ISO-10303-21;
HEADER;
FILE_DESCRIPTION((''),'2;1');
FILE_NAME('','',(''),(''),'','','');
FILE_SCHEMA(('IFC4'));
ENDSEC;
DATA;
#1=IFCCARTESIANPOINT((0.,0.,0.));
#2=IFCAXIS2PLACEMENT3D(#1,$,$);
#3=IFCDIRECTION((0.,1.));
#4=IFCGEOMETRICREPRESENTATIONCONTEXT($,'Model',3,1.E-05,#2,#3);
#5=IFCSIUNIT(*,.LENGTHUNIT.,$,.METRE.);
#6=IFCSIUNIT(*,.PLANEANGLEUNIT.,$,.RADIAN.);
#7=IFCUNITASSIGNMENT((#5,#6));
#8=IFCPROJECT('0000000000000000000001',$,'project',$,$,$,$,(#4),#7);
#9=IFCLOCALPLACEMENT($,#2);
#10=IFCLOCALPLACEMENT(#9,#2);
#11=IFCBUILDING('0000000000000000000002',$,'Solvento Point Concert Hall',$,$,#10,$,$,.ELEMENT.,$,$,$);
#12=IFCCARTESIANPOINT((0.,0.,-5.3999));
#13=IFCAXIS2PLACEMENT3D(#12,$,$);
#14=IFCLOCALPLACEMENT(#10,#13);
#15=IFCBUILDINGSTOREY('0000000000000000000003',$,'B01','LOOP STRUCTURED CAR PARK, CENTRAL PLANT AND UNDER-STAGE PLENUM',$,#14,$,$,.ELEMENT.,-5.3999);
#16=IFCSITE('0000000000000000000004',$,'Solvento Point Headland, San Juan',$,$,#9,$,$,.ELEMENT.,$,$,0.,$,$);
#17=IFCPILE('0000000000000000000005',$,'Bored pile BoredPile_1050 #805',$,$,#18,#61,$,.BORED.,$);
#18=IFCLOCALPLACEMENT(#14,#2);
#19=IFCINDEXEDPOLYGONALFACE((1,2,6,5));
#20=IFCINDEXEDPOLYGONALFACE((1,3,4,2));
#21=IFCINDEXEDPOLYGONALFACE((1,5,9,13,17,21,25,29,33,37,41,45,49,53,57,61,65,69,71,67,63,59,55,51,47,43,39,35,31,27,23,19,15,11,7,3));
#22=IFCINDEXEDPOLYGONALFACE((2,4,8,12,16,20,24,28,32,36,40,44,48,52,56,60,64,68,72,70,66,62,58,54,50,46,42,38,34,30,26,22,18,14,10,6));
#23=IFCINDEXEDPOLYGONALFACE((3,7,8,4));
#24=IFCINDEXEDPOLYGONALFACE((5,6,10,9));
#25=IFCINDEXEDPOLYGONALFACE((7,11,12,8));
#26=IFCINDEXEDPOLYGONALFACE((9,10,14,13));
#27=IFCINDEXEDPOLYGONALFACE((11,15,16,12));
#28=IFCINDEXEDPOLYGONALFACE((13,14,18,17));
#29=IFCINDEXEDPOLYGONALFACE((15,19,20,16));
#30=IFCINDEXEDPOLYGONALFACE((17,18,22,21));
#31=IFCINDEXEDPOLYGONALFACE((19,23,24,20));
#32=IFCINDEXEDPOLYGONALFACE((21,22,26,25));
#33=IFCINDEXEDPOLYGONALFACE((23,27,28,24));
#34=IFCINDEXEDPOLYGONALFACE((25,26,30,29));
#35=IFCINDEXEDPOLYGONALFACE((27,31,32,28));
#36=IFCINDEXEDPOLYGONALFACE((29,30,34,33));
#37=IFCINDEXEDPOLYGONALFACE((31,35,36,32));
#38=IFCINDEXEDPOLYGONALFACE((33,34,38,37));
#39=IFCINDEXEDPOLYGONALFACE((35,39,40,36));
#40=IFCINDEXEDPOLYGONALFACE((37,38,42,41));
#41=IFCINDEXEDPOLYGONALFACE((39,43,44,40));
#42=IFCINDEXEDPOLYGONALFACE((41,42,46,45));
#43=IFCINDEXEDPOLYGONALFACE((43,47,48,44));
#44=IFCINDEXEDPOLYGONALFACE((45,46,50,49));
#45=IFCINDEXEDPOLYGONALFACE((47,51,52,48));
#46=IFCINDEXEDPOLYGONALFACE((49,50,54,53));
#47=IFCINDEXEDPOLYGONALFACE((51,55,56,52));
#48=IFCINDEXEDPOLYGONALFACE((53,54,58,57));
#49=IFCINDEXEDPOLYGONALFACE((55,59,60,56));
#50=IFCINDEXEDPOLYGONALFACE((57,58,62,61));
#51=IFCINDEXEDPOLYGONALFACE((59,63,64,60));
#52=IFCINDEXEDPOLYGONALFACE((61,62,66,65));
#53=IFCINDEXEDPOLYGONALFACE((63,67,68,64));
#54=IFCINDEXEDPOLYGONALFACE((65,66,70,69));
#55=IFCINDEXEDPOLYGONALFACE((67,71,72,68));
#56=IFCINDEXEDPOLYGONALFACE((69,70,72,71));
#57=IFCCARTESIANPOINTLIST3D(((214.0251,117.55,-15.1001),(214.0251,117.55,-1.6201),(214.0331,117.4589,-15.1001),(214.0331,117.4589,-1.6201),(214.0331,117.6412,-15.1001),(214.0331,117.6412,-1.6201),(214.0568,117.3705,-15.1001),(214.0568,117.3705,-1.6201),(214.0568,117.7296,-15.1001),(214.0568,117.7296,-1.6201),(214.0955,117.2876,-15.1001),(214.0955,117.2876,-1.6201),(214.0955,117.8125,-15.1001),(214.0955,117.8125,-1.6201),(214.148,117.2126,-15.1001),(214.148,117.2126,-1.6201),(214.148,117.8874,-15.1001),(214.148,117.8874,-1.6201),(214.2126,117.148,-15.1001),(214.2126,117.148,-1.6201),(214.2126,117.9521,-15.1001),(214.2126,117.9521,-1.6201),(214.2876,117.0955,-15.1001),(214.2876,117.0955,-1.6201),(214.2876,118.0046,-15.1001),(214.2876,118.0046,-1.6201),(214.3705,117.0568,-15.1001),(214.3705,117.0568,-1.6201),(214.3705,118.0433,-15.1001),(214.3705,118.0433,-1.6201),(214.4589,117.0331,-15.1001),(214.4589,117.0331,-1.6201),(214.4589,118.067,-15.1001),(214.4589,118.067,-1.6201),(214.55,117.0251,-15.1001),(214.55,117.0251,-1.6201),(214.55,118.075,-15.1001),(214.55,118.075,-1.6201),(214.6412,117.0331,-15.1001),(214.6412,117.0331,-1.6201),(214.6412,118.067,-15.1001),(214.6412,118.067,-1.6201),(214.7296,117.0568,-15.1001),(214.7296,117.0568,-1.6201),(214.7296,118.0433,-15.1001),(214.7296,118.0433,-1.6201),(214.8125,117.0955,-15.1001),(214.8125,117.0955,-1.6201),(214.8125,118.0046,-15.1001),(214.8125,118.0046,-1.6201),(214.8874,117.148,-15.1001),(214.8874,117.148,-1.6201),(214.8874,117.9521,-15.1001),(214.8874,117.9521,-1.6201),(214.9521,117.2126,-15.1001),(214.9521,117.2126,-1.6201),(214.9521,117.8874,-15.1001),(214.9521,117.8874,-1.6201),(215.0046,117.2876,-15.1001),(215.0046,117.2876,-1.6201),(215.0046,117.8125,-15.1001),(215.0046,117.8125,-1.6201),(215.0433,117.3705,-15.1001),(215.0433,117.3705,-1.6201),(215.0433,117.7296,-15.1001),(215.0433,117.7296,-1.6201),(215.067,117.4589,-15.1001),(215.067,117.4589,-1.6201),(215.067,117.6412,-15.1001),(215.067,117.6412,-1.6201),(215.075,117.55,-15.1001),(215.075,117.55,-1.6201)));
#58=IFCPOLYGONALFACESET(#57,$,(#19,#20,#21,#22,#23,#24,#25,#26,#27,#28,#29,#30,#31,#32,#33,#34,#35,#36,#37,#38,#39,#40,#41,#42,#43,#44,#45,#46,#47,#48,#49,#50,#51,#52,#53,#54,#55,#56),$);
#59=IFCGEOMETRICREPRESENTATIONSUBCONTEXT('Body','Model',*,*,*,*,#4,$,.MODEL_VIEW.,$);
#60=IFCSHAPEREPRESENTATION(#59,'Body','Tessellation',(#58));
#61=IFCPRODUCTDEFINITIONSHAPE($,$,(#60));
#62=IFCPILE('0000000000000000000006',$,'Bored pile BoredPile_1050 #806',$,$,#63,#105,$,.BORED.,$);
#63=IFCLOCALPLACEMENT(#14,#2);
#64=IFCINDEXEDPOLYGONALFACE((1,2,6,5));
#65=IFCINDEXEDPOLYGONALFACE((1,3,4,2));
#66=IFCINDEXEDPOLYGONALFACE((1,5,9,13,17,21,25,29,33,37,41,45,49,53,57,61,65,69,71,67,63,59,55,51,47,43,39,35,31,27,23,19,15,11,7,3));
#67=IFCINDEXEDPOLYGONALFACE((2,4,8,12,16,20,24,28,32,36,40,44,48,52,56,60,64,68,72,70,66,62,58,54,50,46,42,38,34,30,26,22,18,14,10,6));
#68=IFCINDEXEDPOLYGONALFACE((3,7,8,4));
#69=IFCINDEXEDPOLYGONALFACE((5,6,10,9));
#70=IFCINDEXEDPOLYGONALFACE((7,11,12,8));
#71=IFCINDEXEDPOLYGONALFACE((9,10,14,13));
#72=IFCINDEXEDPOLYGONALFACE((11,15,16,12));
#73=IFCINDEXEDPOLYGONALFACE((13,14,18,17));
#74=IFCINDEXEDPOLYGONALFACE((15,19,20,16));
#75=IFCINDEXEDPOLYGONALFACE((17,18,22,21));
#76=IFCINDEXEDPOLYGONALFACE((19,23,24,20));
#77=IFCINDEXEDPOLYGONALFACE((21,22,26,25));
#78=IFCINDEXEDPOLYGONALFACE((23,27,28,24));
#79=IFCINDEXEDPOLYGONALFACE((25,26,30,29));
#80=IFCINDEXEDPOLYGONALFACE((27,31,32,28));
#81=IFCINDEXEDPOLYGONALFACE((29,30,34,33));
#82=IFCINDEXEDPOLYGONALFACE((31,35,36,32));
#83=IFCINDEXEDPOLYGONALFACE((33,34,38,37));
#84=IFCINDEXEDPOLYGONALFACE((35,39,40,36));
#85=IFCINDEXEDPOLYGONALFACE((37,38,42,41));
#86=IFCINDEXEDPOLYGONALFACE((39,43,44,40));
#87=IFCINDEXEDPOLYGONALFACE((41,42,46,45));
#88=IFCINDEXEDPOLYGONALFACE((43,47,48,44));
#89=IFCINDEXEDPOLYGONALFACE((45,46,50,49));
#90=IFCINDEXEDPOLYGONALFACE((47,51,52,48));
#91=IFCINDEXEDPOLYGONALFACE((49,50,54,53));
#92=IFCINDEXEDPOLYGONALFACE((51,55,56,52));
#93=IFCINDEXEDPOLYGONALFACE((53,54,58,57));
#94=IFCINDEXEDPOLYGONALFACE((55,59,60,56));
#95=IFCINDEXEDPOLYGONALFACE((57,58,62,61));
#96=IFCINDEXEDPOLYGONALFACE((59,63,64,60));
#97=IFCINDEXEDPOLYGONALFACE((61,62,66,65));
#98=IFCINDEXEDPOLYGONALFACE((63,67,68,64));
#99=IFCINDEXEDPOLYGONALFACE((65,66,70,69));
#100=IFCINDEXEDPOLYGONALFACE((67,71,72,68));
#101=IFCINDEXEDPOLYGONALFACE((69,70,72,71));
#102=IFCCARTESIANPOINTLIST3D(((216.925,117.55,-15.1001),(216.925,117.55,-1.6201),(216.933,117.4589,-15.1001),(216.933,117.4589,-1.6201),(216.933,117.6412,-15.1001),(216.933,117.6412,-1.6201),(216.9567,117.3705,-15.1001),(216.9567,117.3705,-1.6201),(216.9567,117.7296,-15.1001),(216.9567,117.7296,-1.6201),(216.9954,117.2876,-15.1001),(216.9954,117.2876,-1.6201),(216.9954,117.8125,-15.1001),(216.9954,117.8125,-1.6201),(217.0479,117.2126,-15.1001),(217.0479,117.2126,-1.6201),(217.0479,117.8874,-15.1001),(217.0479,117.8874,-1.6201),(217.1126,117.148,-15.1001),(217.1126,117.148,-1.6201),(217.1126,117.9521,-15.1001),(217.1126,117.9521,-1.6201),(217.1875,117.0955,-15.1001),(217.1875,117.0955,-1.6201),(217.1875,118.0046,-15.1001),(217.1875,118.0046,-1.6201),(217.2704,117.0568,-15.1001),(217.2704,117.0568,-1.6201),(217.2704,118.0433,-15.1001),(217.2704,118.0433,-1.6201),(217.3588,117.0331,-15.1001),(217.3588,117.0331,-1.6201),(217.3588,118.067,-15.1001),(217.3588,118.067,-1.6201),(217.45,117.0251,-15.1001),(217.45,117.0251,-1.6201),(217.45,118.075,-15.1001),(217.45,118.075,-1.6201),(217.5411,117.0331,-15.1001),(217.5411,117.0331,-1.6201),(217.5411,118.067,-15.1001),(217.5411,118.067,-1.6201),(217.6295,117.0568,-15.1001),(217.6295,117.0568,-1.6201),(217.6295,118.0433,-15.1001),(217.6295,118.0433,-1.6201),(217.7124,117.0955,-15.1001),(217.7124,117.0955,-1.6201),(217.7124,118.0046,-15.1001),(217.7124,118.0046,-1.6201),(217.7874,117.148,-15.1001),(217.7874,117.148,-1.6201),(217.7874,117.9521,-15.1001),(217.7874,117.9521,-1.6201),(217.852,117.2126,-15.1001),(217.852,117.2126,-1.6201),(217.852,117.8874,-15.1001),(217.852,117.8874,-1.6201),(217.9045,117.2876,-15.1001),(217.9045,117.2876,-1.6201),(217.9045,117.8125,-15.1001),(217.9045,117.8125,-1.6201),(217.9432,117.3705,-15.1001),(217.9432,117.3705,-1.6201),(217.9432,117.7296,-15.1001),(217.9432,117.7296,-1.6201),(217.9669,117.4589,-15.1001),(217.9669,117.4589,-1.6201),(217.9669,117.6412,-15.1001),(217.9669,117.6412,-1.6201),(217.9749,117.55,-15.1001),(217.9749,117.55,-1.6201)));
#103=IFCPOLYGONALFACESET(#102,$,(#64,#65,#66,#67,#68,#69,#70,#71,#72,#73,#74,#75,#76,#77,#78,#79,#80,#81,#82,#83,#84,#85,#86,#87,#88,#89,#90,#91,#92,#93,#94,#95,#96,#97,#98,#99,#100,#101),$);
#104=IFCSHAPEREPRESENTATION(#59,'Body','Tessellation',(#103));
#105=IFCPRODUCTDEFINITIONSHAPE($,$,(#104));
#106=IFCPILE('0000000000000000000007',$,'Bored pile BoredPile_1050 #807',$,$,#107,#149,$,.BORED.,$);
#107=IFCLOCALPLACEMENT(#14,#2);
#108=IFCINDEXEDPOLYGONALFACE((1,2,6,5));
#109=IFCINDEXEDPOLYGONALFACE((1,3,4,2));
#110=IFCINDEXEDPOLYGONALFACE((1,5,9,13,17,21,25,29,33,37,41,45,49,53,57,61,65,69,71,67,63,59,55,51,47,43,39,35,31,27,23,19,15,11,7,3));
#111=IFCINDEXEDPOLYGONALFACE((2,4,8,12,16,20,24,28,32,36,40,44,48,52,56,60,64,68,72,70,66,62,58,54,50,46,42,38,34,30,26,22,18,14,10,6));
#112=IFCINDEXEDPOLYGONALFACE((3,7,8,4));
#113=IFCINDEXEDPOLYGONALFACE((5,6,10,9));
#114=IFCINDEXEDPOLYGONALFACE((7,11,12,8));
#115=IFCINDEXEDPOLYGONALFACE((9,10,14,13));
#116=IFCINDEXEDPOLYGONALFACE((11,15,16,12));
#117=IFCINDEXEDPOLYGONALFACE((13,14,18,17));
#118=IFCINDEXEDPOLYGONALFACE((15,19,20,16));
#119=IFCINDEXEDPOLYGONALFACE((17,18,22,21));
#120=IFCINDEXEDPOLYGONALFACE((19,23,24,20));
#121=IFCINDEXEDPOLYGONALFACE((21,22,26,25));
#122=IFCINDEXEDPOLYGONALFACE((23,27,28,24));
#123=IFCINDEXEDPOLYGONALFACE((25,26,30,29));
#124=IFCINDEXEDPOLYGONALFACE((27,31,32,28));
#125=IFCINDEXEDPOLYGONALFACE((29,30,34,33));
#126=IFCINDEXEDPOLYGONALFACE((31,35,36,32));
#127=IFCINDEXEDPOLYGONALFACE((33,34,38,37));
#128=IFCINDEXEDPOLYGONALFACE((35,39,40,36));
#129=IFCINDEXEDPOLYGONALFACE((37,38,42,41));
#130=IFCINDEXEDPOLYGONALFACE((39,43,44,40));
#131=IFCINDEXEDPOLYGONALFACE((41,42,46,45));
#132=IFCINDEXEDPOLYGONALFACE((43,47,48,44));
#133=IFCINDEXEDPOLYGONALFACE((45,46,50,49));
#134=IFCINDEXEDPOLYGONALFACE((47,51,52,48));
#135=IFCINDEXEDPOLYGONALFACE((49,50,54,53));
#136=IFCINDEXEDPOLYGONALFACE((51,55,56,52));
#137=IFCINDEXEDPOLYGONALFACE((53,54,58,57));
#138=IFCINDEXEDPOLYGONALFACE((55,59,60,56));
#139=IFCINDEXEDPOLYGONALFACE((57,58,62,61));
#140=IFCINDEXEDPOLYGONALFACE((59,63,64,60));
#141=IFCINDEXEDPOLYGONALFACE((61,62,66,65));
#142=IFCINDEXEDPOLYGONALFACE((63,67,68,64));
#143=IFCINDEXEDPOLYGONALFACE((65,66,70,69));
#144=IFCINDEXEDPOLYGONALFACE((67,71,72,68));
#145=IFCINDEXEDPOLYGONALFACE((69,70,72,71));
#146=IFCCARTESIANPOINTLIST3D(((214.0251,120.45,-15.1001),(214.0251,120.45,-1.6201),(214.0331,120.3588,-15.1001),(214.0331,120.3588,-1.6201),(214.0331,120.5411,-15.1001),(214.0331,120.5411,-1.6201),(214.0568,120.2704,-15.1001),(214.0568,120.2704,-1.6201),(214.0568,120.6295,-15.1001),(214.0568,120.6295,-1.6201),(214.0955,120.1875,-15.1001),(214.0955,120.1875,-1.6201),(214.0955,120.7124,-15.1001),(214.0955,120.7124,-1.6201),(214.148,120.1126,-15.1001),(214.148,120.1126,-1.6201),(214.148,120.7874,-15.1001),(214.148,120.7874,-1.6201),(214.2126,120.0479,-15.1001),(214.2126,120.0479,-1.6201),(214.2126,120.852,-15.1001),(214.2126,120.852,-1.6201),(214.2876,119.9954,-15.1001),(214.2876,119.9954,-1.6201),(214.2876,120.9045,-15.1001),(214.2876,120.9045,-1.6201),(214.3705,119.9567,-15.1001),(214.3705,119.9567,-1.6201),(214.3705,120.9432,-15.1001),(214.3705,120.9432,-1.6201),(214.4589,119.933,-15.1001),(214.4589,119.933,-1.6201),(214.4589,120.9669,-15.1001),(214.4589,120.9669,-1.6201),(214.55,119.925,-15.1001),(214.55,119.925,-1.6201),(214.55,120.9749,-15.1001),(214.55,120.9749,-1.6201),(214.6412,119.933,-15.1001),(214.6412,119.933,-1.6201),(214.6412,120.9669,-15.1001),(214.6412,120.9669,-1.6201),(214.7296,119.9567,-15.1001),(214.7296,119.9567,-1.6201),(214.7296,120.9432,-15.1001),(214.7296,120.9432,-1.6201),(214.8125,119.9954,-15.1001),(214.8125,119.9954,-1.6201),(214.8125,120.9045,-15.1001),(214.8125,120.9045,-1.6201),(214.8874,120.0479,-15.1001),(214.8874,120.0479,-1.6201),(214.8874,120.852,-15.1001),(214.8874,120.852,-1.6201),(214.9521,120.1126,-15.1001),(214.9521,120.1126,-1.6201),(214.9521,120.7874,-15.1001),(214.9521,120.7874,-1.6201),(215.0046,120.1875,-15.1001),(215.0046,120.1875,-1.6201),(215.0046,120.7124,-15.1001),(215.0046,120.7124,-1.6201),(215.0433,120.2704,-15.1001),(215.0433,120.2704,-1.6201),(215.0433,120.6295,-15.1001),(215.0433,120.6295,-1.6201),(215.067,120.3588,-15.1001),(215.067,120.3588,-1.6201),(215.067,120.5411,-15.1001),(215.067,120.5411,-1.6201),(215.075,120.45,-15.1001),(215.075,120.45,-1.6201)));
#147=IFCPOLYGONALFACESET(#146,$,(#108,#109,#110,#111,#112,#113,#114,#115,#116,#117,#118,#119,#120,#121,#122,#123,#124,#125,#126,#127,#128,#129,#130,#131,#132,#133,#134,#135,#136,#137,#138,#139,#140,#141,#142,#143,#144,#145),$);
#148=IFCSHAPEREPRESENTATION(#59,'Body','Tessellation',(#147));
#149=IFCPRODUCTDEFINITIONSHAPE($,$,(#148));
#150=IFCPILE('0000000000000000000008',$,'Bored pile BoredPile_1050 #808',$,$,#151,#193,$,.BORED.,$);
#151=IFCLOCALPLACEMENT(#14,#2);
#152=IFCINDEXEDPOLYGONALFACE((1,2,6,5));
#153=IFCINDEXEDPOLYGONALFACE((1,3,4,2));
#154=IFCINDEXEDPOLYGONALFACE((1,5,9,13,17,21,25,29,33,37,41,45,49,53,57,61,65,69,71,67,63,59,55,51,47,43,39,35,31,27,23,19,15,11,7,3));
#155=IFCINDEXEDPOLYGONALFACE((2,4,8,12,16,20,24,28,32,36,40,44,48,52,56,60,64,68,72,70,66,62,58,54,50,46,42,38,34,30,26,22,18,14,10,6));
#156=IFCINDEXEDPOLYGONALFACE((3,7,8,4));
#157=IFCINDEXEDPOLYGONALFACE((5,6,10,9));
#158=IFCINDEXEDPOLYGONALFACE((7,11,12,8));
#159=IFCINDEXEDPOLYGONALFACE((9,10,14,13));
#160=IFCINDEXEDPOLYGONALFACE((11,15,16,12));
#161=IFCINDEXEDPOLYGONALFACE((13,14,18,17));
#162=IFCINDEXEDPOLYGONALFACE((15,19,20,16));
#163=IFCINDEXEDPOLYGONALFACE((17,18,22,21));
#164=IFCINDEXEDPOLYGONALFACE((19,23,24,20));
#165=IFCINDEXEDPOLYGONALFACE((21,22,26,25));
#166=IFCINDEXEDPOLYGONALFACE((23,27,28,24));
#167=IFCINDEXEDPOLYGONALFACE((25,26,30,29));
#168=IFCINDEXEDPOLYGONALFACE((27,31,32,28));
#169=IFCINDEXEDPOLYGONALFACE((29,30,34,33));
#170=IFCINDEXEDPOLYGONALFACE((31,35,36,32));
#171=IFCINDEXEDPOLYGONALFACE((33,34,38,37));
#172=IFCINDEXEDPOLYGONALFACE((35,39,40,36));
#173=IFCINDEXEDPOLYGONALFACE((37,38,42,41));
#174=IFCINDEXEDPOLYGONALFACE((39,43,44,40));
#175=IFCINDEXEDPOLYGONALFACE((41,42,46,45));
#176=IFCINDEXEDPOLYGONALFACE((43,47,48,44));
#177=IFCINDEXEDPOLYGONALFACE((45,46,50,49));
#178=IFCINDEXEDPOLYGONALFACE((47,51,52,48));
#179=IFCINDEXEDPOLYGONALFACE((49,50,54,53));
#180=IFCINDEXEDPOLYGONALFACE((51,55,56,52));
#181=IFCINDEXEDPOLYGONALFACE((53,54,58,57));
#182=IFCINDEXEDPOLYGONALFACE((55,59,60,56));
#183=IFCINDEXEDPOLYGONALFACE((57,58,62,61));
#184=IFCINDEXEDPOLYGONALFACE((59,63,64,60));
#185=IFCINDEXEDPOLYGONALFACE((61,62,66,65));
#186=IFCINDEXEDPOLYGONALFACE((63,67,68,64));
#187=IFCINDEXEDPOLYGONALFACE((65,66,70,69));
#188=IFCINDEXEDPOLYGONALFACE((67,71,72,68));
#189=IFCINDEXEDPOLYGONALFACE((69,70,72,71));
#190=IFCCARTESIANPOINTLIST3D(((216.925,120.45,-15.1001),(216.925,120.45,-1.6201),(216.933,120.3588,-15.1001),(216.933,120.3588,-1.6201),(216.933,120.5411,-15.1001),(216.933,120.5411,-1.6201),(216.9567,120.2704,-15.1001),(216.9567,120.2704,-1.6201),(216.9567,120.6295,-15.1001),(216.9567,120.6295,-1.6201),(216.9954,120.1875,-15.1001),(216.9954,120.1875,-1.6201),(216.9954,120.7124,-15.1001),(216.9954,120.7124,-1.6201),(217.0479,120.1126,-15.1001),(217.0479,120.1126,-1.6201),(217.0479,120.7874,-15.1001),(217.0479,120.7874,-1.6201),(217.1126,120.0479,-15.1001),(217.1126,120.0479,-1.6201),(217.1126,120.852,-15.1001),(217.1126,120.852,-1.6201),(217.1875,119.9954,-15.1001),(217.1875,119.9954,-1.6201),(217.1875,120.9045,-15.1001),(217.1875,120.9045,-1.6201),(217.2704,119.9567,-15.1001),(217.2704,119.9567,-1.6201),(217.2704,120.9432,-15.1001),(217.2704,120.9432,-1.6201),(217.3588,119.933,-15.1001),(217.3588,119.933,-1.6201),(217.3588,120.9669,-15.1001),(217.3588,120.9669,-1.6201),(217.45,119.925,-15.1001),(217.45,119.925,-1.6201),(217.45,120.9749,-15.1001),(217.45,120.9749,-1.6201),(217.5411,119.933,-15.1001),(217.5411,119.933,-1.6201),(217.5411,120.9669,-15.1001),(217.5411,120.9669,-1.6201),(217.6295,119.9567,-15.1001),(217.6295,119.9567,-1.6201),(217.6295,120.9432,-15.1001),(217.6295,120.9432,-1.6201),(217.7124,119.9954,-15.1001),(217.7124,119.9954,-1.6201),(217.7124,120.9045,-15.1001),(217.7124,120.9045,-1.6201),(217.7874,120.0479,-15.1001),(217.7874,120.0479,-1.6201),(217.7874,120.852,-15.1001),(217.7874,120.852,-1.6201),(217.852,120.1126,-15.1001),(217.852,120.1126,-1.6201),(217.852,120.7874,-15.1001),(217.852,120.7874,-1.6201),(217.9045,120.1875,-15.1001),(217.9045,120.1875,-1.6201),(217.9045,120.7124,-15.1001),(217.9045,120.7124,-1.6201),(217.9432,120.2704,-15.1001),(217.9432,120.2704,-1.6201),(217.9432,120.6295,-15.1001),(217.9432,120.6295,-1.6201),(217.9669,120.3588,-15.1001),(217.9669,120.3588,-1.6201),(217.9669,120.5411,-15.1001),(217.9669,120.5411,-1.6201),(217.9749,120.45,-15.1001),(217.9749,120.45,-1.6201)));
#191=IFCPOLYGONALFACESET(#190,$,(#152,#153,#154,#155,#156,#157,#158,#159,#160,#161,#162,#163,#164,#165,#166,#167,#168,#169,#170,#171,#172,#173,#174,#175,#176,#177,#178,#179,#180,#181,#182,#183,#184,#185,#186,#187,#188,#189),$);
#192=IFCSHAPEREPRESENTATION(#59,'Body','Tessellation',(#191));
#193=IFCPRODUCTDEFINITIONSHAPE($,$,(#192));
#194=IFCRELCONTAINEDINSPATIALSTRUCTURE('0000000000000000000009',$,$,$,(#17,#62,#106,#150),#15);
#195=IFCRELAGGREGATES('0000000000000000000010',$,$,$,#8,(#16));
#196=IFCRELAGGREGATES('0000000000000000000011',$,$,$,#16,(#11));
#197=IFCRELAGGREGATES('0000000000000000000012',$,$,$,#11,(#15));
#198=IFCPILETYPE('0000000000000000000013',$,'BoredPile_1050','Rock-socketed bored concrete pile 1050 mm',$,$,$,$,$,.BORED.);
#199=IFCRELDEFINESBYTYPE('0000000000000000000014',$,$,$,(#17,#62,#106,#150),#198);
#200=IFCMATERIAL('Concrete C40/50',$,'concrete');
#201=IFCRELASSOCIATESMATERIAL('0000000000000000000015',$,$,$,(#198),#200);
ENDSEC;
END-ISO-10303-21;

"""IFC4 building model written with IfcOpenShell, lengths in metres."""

from ifc_helpers import new_model, si_unit, direction, frame, origin, origin_2d, place, context, subcontext, project, spatial, circle, extrude, material, material_profile, profile_set, type_object, element, save


model = new_model("IFC4")

# Units and contexts
model_context = context("Model", 3, precision=1e-05, world=origin(), true_north=direction((0.0, 1.0)))
body_context = subcontext(model_context, "Body", "Model", "MODEL_VIEW")
ifc_project = project(units=[si_unit("LENGTHUNIT", "METRE"), si_unit("PLANEANGLEUNIT", "RADIAN")], contexts=[model_context])

# Site, building, storey
site_placement = place(None, origin())
site = spatial("IfcSite", under=ifc_project, at=site_placement, Name="Solvento Point Headland, San Juan", CompositionType="ELEMENT", RefElevation=0.0)
building_placement = place(site_placement, origin())
building = spatial("IfcBuilding", under=site, at=building_placement, Name="Solvento Point Concert Hall", CompositionType="ELEMENT")
storey_placement = place(building_placement, frame((0.0, 0.0, -5.3999)))
storey = spatial("IfcBuildingStorey", under=building, at=storey_placement, Name="B01", Description="LOOP STRUCTURED CAR PARK, CENTRAL PLANT AND UNDER-STAGE PLENUM", CompositionType="ELEMENT", Elevation=-5.3999)

# Piles
ifc_material_1 = material(Name="Concrete C40/50", Category="concrete")
ifc_material_profile_1 = material_profile(ifc_material_1, circle(Radius=0.5249, at=origin_2d()), Name="BP-1050")
ifc_profile_set_1 = profile_set([ifc_material_profile_1], Name="Concrete C40/50")
pile_type_1 = type_object("IfcPileType", Name="BoredPile_1050", Description="Rock-socketed bored concrete pile 1050 mm", PredefinedType="BORED", material=ifc_profile_set_1)
for number, where, z_axis, x_axis, name in (
    (1, (214.55, 117.55, -1.6201), (0.0, 0.0, -1.0), (1.0, 0.0, 0.0), "Bored pile BoredPile_1050 #805"),
    (2, (217.45, 117.55, -1.6201), (0.0, 0.0, -1.0), (1.0, 0.0, 0.0), "Bored pile BoredPile_1050 #806"),
    (3, (214.55, 120.45, -1.6201), (0.0, 0.0, -1.0), (1.0, 0.0, 0.0), "Bored pile BoredPile_1050 #807"),
    (4, (217.45, 120.45, -1.6201), (0.0, 0.0, -1.0), (1.0, 0.0, 0.0), "Bored pile BoredPile_1050 #808"),
):
    element("IfcPile", number, at=place(storey_placement, frame(where, z_axis=z_axis, x_axis=x_axis)), inside=storey, type_object=pile_type_1, Name=name, PredefinedType="BORED", context=body_context, shape_type="SweptSolid", body=[
        extrude(circle(Radius=0.5249, at=origin_2d()), origin(), (0.0, 0.0, 1.0), 13.48),
    ])

save(model, "model.ifc")
